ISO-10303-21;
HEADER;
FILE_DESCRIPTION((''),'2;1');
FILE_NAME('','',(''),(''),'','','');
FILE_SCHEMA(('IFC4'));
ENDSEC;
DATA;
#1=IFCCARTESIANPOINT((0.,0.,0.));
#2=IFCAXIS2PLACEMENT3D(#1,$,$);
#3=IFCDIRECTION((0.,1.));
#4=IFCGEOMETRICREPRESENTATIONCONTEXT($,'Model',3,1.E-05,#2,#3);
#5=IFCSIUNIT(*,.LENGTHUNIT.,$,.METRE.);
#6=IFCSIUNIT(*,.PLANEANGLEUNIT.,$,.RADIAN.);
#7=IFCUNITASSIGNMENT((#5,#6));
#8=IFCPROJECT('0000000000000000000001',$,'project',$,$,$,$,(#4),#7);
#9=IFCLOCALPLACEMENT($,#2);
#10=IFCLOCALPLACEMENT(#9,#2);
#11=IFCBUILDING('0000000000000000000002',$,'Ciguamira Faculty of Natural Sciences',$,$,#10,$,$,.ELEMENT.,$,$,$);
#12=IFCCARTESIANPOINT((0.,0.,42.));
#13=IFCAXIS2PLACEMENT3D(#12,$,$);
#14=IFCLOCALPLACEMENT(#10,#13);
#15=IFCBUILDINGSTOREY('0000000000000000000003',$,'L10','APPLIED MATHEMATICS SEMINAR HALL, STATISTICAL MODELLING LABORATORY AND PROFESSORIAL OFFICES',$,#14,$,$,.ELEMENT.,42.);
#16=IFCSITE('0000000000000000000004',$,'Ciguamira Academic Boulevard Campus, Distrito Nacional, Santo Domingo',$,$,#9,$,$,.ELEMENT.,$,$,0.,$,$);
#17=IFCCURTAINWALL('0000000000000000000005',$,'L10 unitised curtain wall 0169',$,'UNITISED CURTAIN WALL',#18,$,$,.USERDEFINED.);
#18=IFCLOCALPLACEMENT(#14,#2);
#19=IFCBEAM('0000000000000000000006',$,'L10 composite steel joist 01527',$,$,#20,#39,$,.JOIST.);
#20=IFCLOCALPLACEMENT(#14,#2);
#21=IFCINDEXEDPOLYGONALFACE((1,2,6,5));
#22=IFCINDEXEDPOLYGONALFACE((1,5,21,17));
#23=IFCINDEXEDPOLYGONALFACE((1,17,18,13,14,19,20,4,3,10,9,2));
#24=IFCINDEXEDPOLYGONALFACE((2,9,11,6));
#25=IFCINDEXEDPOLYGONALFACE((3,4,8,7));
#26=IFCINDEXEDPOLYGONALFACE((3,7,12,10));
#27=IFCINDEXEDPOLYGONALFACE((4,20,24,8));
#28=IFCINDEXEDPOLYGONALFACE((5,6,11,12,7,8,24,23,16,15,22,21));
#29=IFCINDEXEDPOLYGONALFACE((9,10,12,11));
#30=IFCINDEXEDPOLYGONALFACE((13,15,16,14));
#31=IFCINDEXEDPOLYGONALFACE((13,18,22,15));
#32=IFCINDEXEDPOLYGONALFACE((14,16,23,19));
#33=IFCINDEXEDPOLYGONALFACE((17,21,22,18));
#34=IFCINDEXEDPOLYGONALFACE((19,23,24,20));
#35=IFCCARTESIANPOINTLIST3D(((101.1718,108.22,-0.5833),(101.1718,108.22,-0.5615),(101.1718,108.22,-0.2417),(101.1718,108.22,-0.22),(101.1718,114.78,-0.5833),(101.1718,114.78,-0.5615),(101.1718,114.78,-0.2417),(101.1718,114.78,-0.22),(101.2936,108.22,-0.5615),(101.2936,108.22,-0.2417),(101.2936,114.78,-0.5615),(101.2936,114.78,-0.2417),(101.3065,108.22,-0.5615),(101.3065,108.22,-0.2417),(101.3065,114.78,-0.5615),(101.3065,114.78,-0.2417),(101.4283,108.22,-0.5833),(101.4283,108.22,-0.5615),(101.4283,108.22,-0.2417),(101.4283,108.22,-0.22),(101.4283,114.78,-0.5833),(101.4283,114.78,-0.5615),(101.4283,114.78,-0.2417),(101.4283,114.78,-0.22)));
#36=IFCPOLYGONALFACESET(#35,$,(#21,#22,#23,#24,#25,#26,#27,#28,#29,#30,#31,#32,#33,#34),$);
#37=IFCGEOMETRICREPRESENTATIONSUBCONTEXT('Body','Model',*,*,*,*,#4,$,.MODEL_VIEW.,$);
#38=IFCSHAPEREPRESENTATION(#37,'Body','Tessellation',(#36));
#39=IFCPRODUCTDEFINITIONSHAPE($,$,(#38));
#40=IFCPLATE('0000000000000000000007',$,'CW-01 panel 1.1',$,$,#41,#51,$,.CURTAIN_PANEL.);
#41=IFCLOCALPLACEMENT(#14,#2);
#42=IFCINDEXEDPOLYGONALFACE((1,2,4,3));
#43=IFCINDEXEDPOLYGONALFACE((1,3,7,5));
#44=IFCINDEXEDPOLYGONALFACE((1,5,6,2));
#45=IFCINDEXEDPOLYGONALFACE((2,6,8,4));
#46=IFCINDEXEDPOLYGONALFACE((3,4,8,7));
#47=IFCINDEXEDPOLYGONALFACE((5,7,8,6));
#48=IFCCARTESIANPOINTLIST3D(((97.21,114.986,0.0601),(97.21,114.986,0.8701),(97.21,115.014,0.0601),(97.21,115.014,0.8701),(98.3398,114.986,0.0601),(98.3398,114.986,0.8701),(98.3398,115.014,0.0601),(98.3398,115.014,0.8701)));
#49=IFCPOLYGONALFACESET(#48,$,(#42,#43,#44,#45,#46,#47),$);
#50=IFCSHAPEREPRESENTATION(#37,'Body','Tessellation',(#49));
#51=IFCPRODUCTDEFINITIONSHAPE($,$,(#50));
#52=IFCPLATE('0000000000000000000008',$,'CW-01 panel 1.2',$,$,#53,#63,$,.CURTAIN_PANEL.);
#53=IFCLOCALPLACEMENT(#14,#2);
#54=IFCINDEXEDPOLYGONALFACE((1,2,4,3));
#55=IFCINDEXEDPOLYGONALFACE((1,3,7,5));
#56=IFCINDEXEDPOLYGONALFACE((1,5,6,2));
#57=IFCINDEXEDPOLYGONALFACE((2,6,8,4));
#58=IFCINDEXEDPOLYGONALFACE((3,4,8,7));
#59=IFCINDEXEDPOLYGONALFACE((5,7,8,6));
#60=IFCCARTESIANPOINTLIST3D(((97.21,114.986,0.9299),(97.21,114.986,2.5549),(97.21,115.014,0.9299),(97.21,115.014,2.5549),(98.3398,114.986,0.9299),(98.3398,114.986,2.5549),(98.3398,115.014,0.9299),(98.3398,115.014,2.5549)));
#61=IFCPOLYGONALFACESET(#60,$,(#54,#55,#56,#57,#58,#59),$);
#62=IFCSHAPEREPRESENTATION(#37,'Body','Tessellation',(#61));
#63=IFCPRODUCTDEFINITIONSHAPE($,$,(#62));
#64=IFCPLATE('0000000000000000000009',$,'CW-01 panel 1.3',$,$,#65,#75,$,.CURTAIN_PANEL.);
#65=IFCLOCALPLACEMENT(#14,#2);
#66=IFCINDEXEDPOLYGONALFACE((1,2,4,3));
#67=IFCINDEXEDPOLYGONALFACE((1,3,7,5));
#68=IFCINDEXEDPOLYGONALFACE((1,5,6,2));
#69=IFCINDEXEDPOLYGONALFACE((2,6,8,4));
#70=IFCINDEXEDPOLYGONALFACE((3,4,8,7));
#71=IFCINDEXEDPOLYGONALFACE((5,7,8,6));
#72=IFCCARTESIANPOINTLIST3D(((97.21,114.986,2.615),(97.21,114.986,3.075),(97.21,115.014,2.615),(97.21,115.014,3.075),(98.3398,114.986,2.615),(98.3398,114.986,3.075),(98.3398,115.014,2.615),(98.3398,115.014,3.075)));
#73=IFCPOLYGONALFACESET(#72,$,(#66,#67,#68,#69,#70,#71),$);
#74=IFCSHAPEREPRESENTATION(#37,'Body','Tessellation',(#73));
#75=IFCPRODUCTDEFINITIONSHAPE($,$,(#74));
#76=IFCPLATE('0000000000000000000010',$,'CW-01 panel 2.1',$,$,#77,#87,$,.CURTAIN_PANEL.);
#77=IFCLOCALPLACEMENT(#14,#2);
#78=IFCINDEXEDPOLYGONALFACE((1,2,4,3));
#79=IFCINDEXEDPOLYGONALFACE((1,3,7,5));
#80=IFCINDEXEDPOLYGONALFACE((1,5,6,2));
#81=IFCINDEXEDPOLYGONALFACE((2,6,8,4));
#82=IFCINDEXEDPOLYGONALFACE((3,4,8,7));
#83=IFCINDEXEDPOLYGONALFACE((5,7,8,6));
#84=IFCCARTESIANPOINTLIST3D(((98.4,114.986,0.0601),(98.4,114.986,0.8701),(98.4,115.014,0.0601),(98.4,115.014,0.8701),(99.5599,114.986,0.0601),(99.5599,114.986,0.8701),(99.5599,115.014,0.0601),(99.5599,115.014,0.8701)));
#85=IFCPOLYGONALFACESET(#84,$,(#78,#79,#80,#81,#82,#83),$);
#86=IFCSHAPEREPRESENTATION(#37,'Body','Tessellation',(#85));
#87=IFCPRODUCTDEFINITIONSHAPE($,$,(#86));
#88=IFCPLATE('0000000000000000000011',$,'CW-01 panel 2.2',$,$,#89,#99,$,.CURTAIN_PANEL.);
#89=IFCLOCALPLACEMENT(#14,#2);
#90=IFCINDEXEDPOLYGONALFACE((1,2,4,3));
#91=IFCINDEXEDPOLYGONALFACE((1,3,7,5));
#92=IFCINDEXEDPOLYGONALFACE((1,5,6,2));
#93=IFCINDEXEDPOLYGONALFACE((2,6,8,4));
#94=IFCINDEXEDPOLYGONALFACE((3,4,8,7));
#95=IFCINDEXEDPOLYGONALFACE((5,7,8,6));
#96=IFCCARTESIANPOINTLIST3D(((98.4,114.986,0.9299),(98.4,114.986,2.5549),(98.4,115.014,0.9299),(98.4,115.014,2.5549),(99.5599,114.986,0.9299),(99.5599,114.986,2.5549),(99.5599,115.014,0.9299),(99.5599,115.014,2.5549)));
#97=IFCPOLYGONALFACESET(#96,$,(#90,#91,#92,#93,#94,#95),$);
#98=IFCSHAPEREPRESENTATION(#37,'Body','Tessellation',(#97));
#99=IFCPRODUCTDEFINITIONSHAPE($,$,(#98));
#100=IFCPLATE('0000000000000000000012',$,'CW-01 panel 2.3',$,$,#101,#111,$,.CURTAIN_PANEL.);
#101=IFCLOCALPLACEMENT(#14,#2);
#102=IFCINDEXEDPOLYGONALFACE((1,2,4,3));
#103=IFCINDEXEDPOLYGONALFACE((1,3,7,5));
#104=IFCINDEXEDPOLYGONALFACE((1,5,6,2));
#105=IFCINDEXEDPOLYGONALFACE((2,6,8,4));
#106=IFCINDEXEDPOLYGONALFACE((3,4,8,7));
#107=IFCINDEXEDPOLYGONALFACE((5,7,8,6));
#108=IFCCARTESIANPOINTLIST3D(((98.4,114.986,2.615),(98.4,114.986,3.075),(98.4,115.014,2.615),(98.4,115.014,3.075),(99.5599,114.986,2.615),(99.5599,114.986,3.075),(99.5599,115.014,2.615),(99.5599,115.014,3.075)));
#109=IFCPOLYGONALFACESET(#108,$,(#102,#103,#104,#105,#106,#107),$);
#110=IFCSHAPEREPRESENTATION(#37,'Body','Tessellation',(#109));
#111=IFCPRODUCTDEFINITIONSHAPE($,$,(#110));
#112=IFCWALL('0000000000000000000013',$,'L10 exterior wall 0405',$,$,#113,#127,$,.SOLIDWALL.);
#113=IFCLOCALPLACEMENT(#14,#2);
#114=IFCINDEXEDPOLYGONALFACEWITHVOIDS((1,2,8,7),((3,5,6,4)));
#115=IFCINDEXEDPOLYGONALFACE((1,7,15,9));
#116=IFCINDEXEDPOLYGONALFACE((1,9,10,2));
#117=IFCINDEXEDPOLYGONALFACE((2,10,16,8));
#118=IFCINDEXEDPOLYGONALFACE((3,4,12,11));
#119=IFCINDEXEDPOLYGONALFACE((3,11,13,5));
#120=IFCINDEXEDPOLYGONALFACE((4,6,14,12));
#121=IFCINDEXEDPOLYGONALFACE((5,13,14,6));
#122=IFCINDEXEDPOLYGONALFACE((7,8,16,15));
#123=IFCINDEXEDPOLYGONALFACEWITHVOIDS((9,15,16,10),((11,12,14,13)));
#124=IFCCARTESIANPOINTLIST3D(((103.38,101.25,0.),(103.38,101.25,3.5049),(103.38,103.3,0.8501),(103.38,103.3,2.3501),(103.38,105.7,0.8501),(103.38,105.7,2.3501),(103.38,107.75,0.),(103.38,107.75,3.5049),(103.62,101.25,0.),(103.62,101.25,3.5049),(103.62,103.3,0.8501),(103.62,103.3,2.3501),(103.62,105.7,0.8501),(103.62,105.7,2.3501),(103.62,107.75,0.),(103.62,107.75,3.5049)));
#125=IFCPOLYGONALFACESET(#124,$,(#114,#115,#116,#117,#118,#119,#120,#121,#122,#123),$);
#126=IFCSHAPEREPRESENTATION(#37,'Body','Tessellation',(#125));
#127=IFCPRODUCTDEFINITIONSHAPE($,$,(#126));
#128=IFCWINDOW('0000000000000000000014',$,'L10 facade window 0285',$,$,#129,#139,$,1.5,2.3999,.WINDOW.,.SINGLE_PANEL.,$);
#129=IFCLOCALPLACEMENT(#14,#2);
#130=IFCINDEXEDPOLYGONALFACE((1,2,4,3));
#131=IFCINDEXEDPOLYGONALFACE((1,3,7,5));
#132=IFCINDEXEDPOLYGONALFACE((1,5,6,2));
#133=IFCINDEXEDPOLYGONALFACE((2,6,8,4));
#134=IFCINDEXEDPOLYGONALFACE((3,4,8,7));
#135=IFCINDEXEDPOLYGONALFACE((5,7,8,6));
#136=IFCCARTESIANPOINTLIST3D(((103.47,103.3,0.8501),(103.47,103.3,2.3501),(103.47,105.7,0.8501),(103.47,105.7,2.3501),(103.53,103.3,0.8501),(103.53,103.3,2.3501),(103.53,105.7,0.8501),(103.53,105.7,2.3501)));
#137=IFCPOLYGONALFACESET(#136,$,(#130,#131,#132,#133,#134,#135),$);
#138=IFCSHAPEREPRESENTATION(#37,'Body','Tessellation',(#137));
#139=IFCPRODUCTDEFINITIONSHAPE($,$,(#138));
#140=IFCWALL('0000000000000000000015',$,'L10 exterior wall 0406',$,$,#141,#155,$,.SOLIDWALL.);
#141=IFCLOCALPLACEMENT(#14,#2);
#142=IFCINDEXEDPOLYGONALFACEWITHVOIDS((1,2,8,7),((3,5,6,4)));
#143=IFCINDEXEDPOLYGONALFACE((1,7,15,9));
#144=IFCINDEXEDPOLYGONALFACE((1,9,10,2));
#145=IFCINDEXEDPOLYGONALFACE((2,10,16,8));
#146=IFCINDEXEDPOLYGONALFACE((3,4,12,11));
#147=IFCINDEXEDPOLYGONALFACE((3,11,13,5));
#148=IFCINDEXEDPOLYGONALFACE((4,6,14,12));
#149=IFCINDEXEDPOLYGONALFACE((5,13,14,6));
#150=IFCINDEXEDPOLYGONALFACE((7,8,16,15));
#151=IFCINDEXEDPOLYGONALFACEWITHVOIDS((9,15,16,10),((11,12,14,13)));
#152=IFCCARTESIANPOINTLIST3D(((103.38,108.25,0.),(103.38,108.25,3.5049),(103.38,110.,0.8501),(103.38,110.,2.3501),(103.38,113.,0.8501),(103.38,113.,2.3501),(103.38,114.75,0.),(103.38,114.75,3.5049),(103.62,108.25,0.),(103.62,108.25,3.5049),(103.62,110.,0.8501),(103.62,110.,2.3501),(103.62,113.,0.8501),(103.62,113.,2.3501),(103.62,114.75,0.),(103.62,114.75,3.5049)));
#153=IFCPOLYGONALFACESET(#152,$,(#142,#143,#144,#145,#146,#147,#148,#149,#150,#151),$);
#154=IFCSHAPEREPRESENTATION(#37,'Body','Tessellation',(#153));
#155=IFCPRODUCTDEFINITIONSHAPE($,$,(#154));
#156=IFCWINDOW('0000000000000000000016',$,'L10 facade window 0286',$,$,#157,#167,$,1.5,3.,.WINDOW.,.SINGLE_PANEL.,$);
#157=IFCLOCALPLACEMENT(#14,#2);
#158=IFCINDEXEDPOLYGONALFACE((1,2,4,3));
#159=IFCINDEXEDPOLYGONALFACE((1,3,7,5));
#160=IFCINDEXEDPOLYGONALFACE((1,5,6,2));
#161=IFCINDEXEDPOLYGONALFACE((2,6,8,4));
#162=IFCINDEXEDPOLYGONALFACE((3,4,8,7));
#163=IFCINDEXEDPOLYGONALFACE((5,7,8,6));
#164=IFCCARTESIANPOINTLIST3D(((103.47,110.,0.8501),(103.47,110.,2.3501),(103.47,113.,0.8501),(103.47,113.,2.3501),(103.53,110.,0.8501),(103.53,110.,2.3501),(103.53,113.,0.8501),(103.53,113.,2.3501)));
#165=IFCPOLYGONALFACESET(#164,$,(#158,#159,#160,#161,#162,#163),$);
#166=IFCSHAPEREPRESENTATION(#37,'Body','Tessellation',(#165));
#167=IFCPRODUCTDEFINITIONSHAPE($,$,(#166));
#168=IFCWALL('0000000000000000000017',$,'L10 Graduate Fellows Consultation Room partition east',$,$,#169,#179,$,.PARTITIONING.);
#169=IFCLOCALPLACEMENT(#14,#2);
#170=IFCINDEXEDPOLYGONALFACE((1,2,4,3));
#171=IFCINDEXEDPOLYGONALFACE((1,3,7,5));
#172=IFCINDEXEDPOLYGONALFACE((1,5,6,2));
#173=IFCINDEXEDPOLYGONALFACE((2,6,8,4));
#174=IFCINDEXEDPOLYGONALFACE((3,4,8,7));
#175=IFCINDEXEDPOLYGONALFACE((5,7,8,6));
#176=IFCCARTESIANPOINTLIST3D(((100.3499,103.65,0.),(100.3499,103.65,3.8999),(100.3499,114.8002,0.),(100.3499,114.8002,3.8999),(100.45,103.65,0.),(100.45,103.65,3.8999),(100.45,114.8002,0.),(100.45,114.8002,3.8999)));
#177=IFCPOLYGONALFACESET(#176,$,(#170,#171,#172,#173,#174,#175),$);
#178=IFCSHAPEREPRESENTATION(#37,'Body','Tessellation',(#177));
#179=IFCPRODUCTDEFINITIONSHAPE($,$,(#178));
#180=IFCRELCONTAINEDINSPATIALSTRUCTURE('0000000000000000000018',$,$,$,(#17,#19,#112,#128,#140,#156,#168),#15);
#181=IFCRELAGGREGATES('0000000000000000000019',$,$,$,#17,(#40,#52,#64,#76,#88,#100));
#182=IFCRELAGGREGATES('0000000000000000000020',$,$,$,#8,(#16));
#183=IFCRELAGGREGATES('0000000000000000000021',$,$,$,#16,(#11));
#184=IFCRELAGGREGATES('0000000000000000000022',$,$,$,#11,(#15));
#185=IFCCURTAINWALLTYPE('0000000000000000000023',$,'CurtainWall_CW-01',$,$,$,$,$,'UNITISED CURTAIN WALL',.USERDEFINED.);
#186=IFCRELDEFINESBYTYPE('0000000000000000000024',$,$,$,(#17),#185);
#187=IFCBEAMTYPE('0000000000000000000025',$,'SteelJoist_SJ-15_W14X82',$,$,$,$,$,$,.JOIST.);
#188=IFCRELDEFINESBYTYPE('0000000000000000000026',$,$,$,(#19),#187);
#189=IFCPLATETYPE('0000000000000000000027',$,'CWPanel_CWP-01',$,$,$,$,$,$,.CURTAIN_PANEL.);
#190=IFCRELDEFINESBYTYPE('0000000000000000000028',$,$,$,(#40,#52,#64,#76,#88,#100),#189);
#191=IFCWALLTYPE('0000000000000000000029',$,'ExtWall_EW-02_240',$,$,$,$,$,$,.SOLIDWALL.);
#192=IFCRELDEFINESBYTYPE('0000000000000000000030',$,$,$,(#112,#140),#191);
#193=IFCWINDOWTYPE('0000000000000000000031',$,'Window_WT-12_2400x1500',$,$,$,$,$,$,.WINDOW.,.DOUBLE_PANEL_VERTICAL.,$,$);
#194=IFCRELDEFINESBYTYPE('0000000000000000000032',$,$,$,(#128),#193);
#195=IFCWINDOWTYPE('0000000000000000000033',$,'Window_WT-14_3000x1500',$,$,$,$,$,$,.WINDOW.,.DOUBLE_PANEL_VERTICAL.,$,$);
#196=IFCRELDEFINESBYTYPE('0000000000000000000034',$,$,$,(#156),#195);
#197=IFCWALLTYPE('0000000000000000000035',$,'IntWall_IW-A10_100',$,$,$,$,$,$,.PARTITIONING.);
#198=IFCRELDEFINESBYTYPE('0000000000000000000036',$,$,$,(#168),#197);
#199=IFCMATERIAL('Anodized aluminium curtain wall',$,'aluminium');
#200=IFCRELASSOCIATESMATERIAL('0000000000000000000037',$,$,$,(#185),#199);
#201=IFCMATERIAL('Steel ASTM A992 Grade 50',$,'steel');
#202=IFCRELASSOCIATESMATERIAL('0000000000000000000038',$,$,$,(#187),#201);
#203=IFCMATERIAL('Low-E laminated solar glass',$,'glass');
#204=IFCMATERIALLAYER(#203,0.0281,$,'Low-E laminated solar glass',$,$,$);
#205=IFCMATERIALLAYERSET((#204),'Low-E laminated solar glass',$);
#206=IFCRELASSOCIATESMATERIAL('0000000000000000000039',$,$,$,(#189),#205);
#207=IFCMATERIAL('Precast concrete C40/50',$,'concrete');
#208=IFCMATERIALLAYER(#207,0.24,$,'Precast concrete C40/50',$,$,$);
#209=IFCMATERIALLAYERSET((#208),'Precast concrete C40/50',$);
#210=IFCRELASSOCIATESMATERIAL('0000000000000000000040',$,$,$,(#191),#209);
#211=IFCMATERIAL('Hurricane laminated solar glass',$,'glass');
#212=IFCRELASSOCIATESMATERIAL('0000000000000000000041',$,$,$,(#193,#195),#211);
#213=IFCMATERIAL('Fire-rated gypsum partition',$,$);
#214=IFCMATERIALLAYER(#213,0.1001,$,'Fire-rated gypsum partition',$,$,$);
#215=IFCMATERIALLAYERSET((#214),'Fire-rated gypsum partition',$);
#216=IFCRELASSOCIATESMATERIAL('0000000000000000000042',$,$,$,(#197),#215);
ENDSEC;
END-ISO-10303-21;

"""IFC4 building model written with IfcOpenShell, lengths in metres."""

from ifc_helpers import new_model, si_unit, direction, frame, frame_2d, origin, origin_2d, place, context, subcontext, project, spatial, rectangle, i_section, extrude, material, layer, layer_set, material_profile, profile_set, type_object, element, fill, aggregate, save


model = new_model("IFC4")

# Units and contexts
model_context = context("Model", 3, precision=1e-05, world=origin(), true_north=direction((0.0, 1.0)))
body_context = subcontext(model_context, "Body", "Model", "MODEL_VIEW")
ifc_project = project(units=[si_unit("LENGTHUNIT", "METRE"), si_unit("PLANEANGLEUNIT", "RADIAN")], contexts=[model_context])

# Site, building, storey
site_placement = place(None, origin())
site = spatial("IfcSite", under=ifc_project, at=site_placement, Name="Ciguamira Academic Boulevard Campus, Distrito Nacional, Santo Domingo", CompositionType="ELEMENT", RefElevation=0.0)
building_placement = place(site_placement, origin())
building = spatial("IfcBuilding", under=site, at=building_placement, Name="Ciguamira Faculty of Natural Sciences", CompositionType="ELEMENT")
storey_placement = place(building_placement, frame((0.0, 0.0, 42.0)))
storey = spatial("IfcBuildingStorey", under=building, at=storey_placement, Name="L10", Description="APPLIED MATHEMATICS SEMINAR HALL, STATISTICAL MODELLING LABORATORY AND PROFESSORIAL OFFICES", CompositionType="ELEMENT", Elevation=42.0)

# Curtain wall
ifc_material_1 = material(Name="Anodized aluminium curtain wall", Category="aluminium")
curtain_wall_type = type_object("IfcCurtainWallType", Name="CurtainWall_CW-01", ElementType="UNITISED CURTAIN WALL", PredefinedType="USERDEFINED", material=ifc_material_1)
curtain_wall_placement = place(storey_placement, origin())
curtain_wall = element("IfcCurtainWall", 1, at=curtain_wall_placement, inside=storey, type_object=curtain_wall_type, Name="L10 unitised curtain wall 0169", ObjectType="UNITISED CURTAIN WALL", PredefinedType="USERDEFINED")

# Beam
ifc_material_2 = material(Name="Precast concrete C40/50", Category="concrete")
ifc_material_3 = material(Name="Steel ASTM A992 Grade 50", Category="steel")
ifc_material_profile_1 = material_profile(ifc_material_3, i_section(OverallWidth=0.2566, OverallDepth=0.3633, WebThickness=0.0129, FlangeThickness=0.0217, at=origin_2d()), Name="W14X82")
ifc_profile_set_1 = profile_set([ifc_material_profile_1], Name="Steel ASTM A992 Grade 50")
beam_type_1 = type_object("IfcBeamType", Name="SteelJoist_SJ-15_W14X82", PredefinedType="JOIST", material=ifc_profile_set_1)
beam_1_placement = place(storey_placement, frame((101.3, 108.22, -0.4016), z_axis=(0.0, 1.0, 0.0), x_axis=(-1.0, 0.0, 0.0)))
element("IfcBeam", 2, at=beam_1_placement, inside=storey, type_object=beam_type_1, Name="L10 composite steel joist 01527", PredefinedType="JOIST", context=body_context, shape_type="SweptSolid", body=[
    extrude(i_section(OverallWidth=0.2566, OverallDepth=0.3633, WebThickness=0.0129, FlangeThickness=0.0217, at=origin_2d()), origin(), (0.0, 0.0, 1.0), 6.5601),
])

# Plates
ifc_material_4 = material(Name="Low-E laminated solar glass", Category="glass")
ifc_layer_1 = layer(ifc_material_4, 0.0281, Name="Low-E laminated solar glass")
ifc_layer_set_1 = layer_set([ifc_layer_1], Name="Low-E laminated solar glass")
plate_type = type_object("IfcPlateType", Name="CWPanel_CWP-01", PredefinedType="CURTAIN_PANEL", material=ifc_layer_set_1)
plate_1_placement = place(storey_placement, frame((97.7749, 115.0, 0.0601), z_axis=(0.0, 0.0, 1.0), x_axis=(1.0, 0.0, 0.0)))
plate_1 = element("IfcPlate", 3, at=plate_1_placement, type_object=plate_type, Name="CW-01 panel 1.1", PredefinedType="CURTAIN_PANEL", context=body_context, shape_type="SweptSolid", body=[
    extrude(rectangle(XDim=1.1299, YDim=0.0281, at=origin_2d()), origin(), (0.0, 0.0, 1.0), 0.8101),
])
plate_2_placement = place(storey_placement, frame((97.7749, 115.0, 0.9299), z_axis=(0.0, 0.0, 1.0), x_axis=(1.0, 0.0, 0.0)))
plate_2 = element("IfcPlate", 4, at=plate_2_placement, type_object=plate_type, Name="CW-01 panel 1.2", PredefinedType="CURTAIN_PANEL", context=body_context, shape_type="SweptSolid", body=[
    extrude(rectangle(XDim=1.1299, YDim=0.0281, at=origin_2d()), origin(), (0.0, 0.0, 1.0), 1.625),
])
plate_3_placement = place(storey_placement, frame((97.7749, 115.0, 2.615), z_axis=(0.0, 0.0, 1.0), x_axis=(1.0, 0.0, 0.0)))
plate_3 = element("IfcPlate", 5, at=plate_3_placement, type_object=plate_type, Name="CW-01 panel 1.3", PredefinedType="CURTAIN_PANEL", context=body_context, shape_type="SweptSolid", body=[
    extrude(rectangle(XDim=1.1299, YDim=0.0281, at=origin_2d()), origin(), (0.0, 0.0, 1.0), 0.46),
])
plate_4_placement = place(storey_placement, frame((98.98, 115.0, 0.0601), z_axis=(0.0, 0.0, 1.0), x_axis=(1.0, 0.0, 0.0)))
plate_4 = element("IfcPlate", 6, at=plate_4_placement, type_object=plate_type, Name="CW-01 panel 2.1", PredefinedType="CURTAIN_PANEL", context=body_context, shape_type="SweptSolid", body=[
    extrude(rectangle(XDim=1.1599, YDim=0.0281, at=origin_2d()), origin(), (0.0, 0.0, 1.0), 0.8101),
])
plate_5_placement = place(storey_placement, frame((98.98, 115.0, 0.9299), z_axis=(0.0, 0.0, 1.0), x_axis=(1.0, 0.0, 0.0)))
plate_5 = element("IfcPlate", 7, at=plate_5_placement, type_object=plate_type, Name="CW-01 panel 2.2", PredefinedType="CURTAIN_PANEL", context=body_context, shape_type="SweptSolid", body=[
    extrude(rectangle(XDim=1.1599, YDim=0.0281, at=origin_2d()), origin(), (0.0, 0.0, 1.0), 1.625),
])
plate_6_placement = place(storey_placement, frame((98.98, 115.0, 2.615), z_axis=(0.0, 0.0, 1.0), x_axis=(1.0, 0.0, 0.0)))
plate_6 = element("IfcPlate", 8, at=plate_6_placement, type_object=plate_type, Name="CW-01 panel 2.3", PredefinedType="CURTAIN_PANEL", context=body_context, shape_type="SweptSolid", body=[
    extrude(rectangle(XDim=1.1599, YDim=0.0281, at=origin_2d()), origin(), (0.0, 0.0, 1.0), 0.46),
])
aggregate(curtain_wall, [plate_1, plate_2, plate_3, plate_4, plate_5, plate_6])

# Walls, openings, windows
ifc_layer_2 = layer(ifc_material_2, 0.24, Name="Precast concrete C40/50")
ifc_layer_set_2 = layer_set([ifc_layer_2], Name="Precast concrete C40/50")
wall_type_1 = type_object("IfcWallType", Name="ExtWall_EW-02_240", PredefinedType="SOLIDWALL", material=ifc_layer_set_2)
wall_1_placement = place(storey_placement, frame((103.5, 101.25, 0.0), z_axis=(0.0, 0.0, 1.0), x_axis=(0.0, 1.0, 0.0)))
wall_1 = element("IfcWall", 9, at=wall_1_placement, inside=storey, type_object=wall_type_1, Name="L10 exterior wall 0405", PredefinedType="SOLIDWALL", context=body_context, shape_type="SweptSolid", body=[
    extrude(rectangle(XDim=6.5, YDim=0.24, at=frame_2d((3.25, 0.0))), origin(), (0.0, 0.0, 1.0), 3.5049),
])
opening_1_placement = place(wall_1_placement, frame((2.05, 0.0, 0.8501)))
opening_1 = element("IfcOpeningElement", 10, at=opening_1_placement, cuts=wall_1, PredefinedType="OPENING", context=body_context, shape_type="SweptSolid", body=[
    extrude(rectangle(XDim=2.3999, YDim=1.5, at=frame_2d((1.2, 0.75))), frame((0.0, 0.1299, 0.0), z_axis=(0.0, -1.0, 0.0), x_axis=(1.0, 0.0, 0.0)), (0.0, 0.0, 1.0), 0.26),
])
ifc_material_5 = material(Name="Hurricane laminated solar glass", Category="glass")
window_type_1 = type_object("IfcWindowType", Name="Window_WT-12_2400x1500", PartitioningType="DOUBLE_PANEL_VERTICAL", PredefinedType="WINDOW", material=ifc_material_5)
window_1_placement = place(opening_1_placement, origin())
window_1 = element("IfcWindow", 11, at=window_1_placement, inside=storey, type_object=window_type_1, Name="L10 facade window 0285", OverallHeight=1.5, OverallWidth=2.3999, PartitioningType="SINGLE_PANEL", PredefinedType="WINDOW", context=body_context, shape_type="SweptSolid", body=[
    extrude(rectangle(XDim=2.3999, YDim=1.5, at=frame_2d((1.2, 0.75))), frame((0.0, 0.03, 0.0), z_axis=(0.0, -1.0, 0.0), x_axis=(1.0, 0.0, 0.0)), (0.0, 0.0, 1.0), 0.0601),
])
fill(opening_1, window_1)
wall_2_placement = place(storey_placement, frame((103.5, 108.25, 0.0), z_axis=(0.0, 0.0, 1.0), x_axis=(0.0, 1.0, 0.0)))
wall_2 = element("IfcWall", 12, at=wall_2_placement, inside=storey, type_object=wall_type_1, Name="L10 exterior wall 0406", PredefinedType="SOLIDWALL", context=body_context, shape_type="SweptSolid", body=[
    extrude(rectangle(XDim=6.5, YDim=0.24, at=frame_2d((3.25, 0.0))), origin(), (0.0, 0.0, 1.0), 3.5049),
])
opening_2_placement = place(wall_2_placement, frame((1.75, 0.0, 0.8501)))
opening_2 = element("IfcOpeningElement", 13, at=opening_2_placement, cuts=wall_2, PredefinedType="OPENING", context=body_context, shape_type="SweptSolid", body=[
    extrude(rectangle(XDim=3.0, YDim=1.5, at=frame_2d((1.5, 0.75))), frame((0.0, 0.1299, 0.0), z_axis=(0.0, -1.0, 0.0), x_axis=(1.0, 0.0, 0.0)), (0.0, 0.0, 1.0), 0.26),
])
window_type_2 = type_object("IfcWindowType", Name="Window_WT-14_3000x1500", PartitioningType="DOUBLE_PANEL_VERTICAL", PredefinedType="WINDOW", material=ifc_material_5)
window_2_placement = place(opening_2_placement, origin())
window_2 = element("IfcWindow", 14, at=window_2_placement, inside=storey, type_object=window_type_2, Name="L10 facade window 0286", OverallHeight=1.5, OverallWidth=3.0, PartitioningType="SINGLE_PANEL", PredefinedType="WINDOW", context=body_context, shape_type="SweptSolid", body=[
    extrude(rectangle(XDim=3.0, YDim=1.5, at=frame_2d((1.5, 0.75))), frame((0.0, 0.03, 0.0), z_axis=(0.0, -1.0, 0.0), x_axis=(1.0, 0.0, 0.0)), (0.0, 0.0, 1.0), 0.0601),
])
fill(opening_2, window_2)

# Wall
ifc_material_6 = material(Name="Fire-rated gypsum partition")
ifc_layer_3 = layer(ifc_material_6, 0.1001, Name="Fire-rated gypsum partition")
ifc_layer_set_3 = layer_set([ifc_layer_3], Name="Fire-rated gypsum partition")
wall_type_2 = type_object("IfcWallType", Name="IntWall_IW-A10_100", PredefinedType="PARTITIONING", material=ifc_layer_set_3)
wall_3_placement = place(storey_placement, frame((100.3999, 103.6499, 0.0), z_axis=(0.0, 0.0, 1.0), x_axis=(0.0, 1.0, 0.0)))
element("IfcWall", 15, at=wall_3_placement, inside=storey, type_object=wall_type_2, Name="L10 Graduate Fellows Consultation Room partition east", PredefinedType="PARTITIONING", context=body_context, shape_type="SweptSolid", body=[
    extrude(rectangle(XDim=11.1501, YDim=0.1001, at=frame_2d((5.5752, 0.0))), origin(), (0.0, 0.0, 1.0), 3.8999),
])

save(model, "model.ifc")
